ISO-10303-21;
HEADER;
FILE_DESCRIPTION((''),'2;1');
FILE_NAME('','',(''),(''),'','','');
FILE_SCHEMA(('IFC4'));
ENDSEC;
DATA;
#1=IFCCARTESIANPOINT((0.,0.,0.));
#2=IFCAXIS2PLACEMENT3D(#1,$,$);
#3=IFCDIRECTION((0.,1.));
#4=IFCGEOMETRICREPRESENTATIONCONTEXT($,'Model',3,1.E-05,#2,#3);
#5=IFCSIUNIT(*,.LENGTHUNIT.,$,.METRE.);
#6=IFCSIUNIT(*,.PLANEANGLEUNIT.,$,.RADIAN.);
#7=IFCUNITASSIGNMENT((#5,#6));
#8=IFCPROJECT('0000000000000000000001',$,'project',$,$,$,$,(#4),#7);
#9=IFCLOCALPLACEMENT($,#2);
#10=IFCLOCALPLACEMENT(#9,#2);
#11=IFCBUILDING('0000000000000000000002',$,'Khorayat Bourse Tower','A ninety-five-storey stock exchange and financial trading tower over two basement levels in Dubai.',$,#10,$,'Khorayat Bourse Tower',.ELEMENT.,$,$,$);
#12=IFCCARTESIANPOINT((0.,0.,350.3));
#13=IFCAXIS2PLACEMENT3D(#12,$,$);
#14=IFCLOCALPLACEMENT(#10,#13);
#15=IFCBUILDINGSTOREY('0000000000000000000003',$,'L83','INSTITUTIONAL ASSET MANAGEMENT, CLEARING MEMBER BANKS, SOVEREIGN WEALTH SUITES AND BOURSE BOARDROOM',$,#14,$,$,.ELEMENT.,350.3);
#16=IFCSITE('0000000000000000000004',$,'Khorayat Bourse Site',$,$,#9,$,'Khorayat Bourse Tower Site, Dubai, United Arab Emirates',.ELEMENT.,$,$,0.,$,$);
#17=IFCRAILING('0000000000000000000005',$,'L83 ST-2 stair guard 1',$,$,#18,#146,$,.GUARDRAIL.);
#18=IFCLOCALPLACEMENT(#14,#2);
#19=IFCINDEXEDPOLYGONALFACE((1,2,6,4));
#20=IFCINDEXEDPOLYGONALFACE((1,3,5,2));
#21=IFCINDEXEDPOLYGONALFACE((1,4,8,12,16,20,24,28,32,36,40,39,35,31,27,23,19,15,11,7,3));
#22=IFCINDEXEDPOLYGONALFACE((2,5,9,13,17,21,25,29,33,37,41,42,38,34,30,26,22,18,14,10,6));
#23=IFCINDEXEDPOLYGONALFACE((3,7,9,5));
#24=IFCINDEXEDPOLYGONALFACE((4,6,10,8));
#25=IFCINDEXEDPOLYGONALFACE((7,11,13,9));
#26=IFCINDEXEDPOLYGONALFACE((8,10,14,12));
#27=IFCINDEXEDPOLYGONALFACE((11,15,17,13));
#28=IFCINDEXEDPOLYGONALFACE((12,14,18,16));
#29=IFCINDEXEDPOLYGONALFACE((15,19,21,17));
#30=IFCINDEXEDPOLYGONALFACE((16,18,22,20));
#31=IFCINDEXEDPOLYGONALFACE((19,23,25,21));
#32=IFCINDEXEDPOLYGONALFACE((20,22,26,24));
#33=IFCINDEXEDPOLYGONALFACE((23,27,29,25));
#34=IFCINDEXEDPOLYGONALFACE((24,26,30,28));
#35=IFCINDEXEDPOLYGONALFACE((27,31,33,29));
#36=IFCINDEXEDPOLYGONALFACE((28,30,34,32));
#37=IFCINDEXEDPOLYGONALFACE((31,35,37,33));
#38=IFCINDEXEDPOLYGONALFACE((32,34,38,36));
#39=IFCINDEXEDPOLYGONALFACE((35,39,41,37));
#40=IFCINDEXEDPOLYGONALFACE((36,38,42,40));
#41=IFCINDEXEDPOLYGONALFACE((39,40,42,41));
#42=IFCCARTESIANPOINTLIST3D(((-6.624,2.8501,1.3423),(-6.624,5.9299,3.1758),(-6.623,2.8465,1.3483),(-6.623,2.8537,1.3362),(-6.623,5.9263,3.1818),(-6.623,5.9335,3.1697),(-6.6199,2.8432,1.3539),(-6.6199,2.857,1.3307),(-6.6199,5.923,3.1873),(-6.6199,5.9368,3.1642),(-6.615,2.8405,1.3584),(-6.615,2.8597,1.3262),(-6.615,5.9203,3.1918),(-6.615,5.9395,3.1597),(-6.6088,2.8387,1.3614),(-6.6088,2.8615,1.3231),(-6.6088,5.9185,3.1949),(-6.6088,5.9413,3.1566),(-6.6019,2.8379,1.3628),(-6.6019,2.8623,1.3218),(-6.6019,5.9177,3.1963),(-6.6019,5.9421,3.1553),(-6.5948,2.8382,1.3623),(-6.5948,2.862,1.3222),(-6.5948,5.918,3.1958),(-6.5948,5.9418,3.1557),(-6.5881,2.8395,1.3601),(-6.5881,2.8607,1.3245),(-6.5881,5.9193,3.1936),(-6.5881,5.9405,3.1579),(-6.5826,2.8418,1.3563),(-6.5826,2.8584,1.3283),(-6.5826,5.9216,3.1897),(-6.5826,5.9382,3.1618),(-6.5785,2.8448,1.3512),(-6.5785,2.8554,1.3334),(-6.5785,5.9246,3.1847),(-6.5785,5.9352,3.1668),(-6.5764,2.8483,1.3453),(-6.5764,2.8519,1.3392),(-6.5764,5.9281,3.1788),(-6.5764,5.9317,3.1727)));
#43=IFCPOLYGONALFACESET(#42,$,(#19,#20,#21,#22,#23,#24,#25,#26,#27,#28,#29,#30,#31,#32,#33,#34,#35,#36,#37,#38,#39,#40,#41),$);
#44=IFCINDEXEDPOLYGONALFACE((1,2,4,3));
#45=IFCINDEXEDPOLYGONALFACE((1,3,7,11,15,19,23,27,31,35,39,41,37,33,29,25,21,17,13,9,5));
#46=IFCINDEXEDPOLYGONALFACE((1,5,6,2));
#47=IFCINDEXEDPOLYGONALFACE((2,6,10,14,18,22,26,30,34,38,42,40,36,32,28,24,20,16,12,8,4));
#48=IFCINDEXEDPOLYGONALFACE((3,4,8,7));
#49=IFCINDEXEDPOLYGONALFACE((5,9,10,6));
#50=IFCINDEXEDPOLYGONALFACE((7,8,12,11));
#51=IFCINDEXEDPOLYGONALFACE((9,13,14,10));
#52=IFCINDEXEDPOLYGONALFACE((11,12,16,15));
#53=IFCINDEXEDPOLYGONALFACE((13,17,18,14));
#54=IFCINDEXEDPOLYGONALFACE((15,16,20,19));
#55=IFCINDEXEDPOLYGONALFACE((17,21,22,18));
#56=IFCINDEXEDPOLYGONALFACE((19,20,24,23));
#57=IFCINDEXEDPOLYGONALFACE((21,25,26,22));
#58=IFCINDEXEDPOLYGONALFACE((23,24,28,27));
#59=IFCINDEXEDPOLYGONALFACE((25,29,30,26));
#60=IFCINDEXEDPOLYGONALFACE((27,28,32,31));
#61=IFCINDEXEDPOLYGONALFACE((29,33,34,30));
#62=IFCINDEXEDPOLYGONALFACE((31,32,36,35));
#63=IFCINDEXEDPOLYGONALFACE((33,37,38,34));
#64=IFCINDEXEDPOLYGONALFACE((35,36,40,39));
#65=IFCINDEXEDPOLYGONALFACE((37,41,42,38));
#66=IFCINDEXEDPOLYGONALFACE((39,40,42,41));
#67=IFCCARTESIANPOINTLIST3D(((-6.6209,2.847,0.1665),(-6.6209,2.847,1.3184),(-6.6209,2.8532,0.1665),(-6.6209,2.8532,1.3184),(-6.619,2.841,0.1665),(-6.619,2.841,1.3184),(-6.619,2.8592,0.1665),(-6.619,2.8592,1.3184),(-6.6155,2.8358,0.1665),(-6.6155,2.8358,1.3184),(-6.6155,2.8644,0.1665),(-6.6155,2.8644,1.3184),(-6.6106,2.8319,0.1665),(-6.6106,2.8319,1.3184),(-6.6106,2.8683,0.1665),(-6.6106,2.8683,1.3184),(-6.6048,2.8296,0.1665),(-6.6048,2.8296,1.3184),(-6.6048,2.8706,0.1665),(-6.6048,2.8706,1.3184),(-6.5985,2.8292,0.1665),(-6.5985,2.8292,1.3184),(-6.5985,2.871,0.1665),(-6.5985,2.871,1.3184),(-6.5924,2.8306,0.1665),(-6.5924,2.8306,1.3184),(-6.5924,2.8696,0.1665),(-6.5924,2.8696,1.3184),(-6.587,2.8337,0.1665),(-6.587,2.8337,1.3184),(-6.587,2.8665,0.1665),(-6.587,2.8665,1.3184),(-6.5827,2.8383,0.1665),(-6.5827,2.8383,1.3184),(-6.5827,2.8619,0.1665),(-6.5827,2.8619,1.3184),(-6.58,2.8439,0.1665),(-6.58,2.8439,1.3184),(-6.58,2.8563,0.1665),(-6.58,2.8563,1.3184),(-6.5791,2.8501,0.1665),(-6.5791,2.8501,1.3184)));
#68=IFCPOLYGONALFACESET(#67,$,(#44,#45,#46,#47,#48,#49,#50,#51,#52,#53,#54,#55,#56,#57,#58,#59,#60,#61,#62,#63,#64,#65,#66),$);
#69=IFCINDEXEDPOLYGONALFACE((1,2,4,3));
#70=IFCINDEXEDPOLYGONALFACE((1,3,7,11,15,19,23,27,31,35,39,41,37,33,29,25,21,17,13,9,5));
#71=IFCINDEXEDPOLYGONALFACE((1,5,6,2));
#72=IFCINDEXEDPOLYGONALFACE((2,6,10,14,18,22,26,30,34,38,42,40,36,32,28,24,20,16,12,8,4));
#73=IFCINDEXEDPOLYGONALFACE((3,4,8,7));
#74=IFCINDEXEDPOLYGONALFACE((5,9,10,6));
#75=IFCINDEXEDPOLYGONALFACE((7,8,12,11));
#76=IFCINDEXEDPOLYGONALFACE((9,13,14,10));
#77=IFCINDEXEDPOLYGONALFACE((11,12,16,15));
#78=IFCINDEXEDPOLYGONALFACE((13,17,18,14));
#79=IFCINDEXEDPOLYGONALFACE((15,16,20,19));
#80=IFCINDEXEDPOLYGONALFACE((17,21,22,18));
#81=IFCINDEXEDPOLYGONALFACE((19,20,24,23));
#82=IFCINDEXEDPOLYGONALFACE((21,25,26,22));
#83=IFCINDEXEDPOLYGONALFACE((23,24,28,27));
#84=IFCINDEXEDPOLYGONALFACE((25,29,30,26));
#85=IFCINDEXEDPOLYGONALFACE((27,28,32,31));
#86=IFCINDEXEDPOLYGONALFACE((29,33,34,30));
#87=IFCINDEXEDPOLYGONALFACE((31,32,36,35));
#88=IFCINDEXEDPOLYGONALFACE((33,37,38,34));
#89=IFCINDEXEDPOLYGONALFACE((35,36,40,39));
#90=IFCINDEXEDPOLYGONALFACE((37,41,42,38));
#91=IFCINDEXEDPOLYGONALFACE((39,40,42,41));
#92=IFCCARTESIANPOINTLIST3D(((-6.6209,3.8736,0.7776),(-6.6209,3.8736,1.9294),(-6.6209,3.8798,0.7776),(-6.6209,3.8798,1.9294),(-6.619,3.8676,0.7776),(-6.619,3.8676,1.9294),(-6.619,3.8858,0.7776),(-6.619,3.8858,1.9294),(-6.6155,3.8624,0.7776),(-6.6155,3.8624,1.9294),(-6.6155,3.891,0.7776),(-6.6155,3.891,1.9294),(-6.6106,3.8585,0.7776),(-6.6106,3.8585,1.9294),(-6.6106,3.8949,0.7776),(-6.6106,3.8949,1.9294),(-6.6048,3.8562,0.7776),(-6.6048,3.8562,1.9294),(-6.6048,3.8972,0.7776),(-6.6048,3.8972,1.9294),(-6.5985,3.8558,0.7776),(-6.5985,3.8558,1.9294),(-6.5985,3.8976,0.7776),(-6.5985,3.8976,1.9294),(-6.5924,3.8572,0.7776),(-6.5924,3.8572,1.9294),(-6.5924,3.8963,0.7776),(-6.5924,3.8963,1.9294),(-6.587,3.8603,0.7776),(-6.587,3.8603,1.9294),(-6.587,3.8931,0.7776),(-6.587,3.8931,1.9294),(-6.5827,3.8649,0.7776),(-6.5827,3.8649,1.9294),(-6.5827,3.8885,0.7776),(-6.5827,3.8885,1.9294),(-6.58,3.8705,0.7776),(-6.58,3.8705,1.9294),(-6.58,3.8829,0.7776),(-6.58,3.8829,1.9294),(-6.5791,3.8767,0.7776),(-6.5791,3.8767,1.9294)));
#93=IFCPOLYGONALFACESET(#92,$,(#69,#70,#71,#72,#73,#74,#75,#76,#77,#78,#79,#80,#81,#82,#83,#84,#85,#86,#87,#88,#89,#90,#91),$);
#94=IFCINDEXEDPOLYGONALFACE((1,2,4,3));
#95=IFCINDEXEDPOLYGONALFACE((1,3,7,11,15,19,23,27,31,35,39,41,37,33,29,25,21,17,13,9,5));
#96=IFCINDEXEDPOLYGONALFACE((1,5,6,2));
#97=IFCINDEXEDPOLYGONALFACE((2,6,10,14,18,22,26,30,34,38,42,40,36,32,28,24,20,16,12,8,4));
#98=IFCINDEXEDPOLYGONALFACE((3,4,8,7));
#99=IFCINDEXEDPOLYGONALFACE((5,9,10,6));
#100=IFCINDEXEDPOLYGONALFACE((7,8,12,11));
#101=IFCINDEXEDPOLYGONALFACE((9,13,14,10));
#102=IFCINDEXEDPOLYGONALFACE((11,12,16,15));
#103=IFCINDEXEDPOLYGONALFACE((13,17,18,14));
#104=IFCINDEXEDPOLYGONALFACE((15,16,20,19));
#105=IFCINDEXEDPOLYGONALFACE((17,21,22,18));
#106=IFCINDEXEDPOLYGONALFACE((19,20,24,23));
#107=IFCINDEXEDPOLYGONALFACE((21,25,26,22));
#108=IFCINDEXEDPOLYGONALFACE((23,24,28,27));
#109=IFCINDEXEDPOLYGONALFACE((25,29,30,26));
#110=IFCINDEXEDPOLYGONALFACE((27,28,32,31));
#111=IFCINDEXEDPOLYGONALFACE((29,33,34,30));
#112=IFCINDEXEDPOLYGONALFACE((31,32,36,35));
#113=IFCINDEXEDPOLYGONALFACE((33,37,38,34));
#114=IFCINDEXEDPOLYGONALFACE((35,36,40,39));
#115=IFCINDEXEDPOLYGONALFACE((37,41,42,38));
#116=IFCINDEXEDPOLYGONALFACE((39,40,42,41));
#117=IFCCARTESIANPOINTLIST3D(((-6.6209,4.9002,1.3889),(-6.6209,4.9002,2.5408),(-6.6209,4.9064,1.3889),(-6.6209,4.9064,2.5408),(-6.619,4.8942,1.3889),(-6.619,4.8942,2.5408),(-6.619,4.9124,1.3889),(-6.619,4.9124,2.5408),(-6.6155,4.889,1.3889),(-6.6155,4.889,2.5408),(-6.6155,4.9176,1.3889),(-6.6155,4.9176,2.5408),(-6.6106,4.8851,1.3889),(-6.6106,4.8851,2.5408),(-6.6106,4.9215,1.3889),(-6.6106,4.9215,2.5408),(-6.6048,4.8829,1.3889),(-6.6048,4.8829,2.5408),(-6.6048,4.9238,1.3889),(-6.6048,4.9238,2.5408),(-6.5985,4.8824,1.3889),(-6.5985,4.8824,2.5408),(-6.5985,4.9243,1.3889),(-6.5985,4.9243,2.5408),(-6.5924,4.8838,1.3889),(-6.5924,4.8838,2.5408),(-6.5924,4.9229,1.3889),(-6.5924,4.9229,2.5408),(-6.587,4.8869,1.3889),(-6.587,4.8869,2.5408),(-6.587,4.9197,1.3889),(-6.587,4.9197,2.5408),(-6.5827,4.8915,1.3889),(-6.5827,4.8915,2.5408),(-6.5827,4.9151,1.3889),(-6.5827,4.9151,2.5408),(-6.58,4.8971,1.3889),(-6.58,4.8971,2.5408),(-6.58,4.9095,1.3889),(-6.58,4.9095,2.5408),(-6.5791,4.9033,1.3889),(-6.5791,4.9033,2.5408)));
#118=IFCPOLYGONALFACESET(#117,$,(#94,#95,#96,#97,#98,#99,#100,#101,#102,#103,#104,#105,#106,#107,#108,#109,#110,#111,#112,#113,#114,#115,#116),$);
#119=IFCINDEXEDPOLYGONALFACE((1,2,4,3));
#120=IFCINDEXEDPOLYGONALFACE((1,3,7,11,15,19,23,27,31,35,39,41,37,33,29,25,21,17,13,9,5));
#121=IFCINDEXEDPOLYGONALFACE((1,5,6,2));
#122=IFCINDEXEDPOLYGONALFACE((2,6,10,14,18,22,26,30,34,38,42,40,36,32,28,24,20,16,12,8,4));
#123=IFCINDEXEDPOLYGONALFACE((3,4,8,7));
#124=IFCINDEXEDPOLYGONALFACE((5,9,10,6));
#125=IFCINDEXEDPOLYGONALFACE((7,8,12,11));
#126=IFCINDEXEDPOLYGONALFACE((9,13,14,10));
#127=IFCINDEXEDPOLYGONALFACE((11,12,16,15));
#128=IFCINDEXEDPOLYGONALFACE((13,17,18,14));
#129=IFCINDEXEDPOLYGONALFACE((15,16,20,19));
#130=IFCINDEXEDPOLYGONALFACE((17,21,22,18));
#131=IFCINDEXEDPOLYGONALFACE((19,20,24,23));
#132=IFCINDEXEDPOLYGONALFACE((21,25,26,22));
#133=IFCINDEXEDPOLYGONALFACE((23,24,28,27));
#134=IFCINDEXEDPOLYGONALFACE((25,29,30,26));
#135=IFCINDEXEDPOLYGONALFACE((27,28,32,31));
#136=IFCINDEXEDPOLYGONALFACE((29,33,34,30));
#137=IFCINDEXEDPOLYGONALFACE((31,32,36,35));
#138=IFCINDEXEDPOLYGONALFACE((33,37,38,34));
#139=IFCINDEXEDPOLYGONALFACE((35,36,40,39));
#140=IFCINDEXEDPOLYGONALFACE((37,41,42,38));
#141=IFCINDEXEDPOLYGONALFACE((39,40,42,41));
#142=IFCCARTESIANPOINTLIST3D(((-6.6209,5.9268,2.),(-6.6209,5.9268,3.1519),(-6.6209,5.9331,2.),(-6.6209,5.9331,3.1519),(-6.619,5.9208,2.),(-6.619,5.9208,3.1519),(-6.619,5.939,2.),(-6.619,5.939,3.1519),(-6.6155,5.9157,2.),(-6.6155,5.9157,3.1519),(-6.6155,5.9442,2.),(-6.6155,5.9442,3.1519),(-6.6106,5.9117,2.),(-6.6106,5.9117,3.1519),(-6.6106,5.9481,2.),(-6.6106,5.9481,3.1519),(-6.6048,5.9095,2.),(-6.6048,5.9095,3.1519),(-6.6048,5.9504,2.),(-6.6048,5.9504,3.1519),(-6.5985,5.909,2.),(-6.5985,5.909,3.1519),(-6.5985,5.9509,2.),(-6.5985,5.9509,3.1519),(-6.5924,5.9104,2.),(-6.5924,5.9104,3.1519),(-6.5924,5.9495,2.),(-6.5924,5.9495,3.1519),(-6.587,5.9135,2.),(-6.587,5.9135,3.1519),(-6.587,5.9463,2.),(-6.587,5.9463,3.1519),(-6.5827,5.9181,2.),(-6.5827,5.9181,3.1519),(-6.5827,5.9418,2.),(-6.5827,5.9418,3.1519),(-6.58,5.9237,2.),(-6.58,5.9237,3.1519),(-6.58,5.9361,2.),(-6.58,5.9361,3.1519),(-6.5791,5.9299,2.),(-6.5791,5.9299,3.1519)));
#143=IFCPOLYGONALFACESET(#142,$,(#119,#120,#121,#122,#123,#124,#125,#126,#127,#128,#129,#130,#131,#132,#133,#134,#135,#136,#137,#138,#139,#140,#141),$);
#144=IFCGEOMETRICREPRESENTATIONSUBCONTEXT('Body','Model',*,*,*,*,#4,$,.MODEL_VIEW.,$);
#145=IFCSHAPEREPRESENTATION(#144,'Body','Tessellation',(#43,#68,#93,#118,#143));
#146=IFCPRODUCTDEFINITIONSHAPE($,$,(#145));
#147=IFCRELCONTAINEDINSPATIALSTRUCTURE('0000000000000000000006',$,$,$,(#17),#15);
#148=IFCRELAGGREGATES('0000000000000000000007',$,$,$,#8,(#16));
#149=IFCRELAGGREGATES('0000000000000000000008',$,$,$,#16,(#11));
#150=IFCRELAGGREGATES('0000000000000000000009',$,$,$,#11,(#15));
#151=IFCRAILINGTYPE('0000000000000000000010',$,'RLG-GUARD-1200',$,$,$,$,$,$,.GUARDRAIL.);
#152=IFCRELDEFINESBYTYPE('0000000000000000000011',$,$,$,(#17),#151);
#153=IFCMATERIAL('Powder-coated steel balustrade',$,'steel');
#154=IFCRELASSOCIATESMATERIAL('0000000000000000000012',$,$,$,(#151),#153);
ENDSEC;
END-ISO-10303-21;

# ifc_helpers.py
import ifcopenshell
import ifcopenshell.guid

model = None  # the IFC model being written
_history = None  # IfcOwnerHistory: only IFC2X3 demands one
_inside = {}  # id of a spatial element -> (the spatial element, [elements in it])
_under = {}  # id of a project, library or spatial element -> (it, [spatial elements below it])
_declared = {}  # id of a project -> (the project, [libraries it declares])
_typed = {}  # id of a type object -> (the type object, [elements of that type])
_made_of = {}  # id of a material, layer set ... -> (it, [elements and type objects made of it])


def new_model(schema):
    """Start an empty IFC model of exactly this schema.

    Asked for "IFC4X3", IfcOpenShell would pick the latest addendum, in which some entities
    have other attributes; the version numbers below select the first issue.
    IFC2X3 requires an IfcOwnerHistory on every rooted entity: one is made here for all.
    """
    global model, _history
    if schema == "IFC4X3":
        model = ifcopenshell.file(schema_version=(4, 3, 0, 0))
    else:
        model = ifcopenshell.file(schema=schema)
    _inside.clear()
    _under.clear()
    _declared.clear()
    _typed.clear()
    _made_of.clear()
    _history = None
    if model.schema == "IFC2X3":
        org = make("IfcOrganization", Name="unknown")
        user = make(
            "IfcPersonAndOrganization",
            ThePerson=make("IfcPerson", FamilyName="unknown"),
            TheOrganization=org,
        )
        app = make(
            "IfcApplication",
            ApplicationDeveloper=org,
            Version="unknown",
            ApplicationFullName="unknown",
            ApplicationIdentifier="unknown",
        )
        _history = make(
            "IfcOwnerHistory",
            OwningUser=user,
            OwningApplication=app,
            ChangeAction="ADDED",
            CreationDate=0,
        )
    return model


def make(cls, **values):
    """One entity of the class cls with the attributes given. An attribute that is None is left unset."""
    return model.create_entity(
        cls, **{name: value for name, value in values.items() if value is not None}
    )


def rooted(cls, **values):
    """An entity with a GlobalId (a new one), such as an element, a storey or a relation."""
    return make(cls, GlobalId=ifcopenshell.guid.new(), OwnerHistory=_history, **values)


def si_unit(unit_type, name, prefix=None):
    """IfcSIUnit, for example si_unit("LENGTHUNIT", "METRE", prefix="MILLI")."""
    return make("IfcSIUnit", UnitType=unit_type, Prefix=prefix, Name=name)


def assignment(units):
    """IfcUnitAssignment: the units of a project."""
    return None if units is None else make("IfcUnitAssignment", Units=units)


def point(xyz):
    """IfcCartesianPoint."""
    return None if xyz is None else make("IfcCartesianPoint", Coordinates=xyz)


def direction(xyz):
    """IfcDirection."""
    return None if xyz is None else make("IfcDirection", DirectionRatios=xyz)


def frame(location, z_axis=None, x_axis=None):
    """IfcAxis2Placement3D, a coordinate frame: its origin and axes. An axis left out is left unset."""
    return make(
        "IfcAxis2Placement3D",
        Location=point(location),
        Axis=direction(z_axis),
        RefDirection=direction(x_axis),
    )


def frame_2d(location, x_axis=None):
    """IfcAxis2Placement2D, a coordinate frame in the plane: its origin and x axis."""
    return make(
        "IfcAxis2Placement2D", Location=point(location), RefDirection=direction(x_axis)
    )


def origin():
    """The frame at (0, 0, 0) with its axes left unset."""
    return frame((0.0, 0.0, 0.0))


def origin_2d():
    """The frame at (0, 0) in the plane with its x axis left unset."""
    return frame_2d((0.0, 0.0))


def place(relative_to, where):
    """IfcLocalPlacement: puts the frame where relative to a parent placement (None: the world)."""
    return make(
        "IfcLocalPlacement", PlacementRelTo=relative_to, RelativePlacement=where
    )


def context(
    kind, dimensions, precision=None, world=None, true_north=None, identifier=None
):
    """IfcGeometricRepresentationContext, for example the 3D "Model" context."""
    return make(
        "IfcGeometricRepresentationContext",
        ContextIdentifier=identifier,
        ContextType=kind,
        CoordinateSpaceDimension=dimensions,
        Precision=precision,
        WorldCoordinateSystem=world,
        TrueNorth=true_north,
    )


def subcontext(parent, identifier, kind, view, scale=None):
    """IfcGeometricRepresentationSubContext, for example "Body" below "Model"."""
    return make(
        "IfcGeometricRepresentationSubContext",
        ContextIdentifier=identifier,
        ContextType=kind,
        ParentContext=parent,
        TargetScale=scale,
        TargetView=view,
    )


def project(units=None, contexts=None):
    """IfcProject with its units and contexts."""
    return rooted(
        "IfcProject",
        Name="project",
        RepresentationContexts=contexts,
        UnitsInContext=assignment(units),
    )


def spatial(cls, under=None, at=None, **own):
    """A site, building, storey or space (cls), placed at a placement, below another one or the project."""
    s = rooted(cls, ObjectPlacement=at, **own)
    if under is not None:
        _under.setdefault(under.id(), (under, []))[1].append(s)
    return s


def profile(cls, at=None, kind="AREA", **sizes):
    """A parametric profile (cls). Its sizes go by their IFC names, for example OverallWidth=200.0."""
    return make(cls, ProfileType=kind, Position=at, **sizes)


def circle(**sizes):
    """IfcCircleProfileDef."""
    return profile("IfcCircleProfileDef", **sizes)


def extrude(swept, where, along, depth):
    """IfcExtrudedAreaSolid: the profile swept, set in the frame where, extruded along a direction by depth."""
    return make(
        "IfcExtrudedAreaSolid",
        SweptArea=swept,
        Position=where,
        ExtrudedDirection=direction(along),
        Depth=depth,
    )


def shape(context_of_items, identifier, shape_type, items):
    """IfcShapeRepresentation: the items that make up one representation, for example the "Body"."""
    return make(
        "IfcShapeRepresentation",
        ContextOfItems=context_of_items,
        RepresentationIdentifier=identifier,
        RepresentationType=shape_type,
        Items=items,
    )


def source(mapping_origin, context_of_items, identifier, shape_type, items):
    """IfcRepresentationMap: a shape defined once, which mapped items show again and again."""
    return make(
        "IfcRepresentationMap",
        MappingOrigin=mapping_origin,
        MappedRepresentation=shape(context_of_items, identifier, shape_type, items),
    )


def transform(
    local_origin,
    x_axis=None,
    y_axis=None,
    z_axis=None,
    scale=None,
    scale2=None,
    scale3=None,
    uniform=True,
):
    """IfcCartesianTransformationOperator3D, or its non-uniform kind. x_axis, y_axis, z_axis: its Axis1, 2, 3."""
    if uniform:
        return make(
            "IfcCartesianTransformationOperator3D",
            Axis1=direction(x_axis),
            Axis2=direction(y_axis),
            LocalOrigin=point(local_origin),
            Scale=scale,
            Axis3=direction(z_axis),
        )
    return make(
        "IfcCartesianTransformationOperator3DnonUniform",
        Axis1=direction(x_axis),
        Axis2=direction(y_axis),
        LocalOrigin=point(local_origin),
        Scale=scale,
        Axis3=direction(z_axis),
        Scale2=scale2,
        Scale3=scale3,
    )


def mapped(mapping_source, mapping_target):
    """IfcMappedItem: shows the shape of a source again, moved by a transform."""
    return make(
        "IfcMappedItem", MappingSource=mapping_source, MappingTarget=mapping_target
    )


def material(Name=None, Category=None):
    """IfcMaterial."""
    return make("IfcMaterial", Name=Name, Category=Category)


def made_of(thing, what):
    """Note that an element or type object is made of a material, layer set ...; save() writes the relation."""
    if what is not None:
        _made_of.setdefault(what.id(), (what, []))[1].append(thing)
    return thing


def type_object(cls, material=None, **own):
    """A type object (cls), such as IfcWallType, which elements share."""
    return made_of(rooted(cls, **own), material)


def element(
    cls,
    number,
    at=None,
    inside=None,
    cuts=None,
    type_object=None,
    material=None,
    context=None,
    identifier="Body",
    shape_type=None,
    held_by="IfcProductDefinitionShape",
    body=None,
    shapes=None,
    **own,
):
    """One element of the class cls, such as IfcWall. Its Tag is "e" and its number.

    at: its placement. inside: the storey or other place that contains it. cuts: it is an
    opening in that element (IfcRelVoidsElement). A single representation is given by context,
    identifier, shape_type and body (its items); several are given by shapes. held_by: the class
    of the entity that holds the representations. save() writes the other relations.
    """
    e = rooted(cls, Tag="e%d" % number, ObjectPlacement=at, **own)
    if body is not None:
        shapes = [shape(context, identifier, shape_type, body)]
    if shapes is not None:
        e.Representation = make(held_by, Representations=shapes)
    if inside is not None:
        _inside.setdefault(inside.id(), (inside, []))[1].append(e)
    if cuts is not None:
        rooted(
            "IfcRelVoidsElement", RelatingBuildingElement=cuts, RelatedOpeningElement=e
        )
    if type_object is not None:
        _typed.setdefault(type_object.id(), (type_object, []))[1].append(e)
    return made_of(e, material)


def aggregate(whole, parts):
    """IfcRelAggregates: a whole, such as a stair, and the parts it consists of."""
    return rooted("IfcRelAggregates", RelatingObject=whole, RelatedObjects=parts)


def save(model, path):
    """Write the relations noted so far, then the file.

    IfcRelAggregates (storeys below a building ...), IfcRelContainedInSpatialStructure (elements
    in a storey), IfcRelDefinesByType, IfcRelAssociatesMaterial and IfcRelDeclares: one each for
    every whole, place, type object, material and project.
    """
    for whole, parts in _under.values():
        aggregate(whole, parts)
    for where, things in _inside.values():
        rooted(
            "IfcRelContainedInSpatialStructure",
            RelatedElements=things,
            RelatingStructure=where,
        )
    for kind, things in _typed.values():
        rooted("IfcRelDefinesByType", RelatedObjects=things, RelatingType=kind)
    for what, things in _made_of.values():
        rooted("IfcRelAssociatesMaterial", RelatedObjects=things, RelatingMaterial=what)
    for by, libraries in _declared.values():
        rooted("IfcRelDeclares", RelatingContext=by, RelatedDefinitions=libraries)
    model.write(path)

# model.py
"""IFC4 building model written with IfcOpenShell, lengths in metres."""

from ifc_helpers import new_model, si_unit, direction, frame, origin, origin_2d, place, context, subcontext, project, spatial, circle, extrude, source, transform, mapped, material, type_object, element, save


model = new_model("IFC4")

# Units and contexts
model_context = context("Model", 3, precision=1e-05, world=origin(), true_north=direction((0.0, 1.0)))
body_context = subcontext(model_context, "Body", "Model", "MODEL_VIEW")
ifc_project = project(units=[si_unit("LENGTHUNIT", "METRE"), si_unit("PLANEANGLEUNIT", "RADIAN")], contexts=[model_context])

# Site, building, storey
site_placement = place(None, origin())
site = spatial("IfcSite", under=ifc_project, at=site_placement, Name="Khorayat Bourse Site", LongName="Khorayat Bourse Tower Site, Dubai, United Arab Emirates", CompositionType="ELEMENT", RefElevation=0.0)
building_placement = place(site_placement, origin())
building = spatial("IfcBuilding", under=site, at=building_placement, Name="Khorayat Bourse Tower", Description="A ninety-five-storey stock exchange and financial trading tower over two basement levels in Dubai.", LongName="Khorayat Bourse Tower", CompositionType="ELEMENT")
storey_placement = place(building_placement, frame((0.0, 0.0, 350.3)))
storey = spatial("IfcBuildingStorey", under=building, at=storey_placement, Name="L83", Description="INSTITUTIONAL ASSET MANAGEMENT, CLEARING MEMBER BANKS, SOVEREIGN WEALTH SUITES AND BOURSE BOARDROOM", CompositionType="ELEMENT", Elevation=350.3)

# Railing
ifc_material_1 = material(Name="Powder-coated steel balustrade", Category="steel")
railing_type_1 = type_object("IfcRailingType", Name="RLG-GUARD-1200", PredefinedType="GUARDRAIL", material=ifc_material_1)
shared_shape_1 = source(origin(), body_context, "Body", "SweptSolid", [
    extrude(circle(Radius=0.0239, at=origin_2d()), frame((0.0, 0.0, 1.1758), z_axis=(0.0, 0.859261, 0.511538), x_axis=(-1.0, 0.0, 0.0)), (0.0, 0.0, 1.0), 3.5842),
    extrude(circle(Radius=0.021, at=origin_2d()), origin(), (0.0, 0.0, 1.0), 1.1519),
    extrude(circle(Radius=0.021, at=origin_2d()), frame((0.0, 1.0266, 0.6111)), (0.0, 0.0, 1.0), 1.1519),
    extrude(circle(Radius=0.021, at=origin_2d()), frame((0.0, 2.0532, 1.2224)), (0.0, 0.0, 1.0), 1.1519),
    extrude(circle(Radius=0.021, at=origin_2d()), frame((0.0, 3.0798, 1.8335)), (0.0, 0.0, 1.0), 1.1519),
])
railing_1_placement = place(storey_placement, frame((-6.6001, 2.8501, 0.1665)))
element("IfcRailing", 1, at=railing_1_placement, inside=storey, type_object=railing_type_1, Name="L83 ST-2 stair guard 1", PredefinedType="GUARDRAIL", context=body_context, shape_type="MappedRepresentation", body=[
    mapped(shared_shape_1, transform((0.0, 0.0, 0.0), scale=1.0)),
])

save(model, "model.ifc")
